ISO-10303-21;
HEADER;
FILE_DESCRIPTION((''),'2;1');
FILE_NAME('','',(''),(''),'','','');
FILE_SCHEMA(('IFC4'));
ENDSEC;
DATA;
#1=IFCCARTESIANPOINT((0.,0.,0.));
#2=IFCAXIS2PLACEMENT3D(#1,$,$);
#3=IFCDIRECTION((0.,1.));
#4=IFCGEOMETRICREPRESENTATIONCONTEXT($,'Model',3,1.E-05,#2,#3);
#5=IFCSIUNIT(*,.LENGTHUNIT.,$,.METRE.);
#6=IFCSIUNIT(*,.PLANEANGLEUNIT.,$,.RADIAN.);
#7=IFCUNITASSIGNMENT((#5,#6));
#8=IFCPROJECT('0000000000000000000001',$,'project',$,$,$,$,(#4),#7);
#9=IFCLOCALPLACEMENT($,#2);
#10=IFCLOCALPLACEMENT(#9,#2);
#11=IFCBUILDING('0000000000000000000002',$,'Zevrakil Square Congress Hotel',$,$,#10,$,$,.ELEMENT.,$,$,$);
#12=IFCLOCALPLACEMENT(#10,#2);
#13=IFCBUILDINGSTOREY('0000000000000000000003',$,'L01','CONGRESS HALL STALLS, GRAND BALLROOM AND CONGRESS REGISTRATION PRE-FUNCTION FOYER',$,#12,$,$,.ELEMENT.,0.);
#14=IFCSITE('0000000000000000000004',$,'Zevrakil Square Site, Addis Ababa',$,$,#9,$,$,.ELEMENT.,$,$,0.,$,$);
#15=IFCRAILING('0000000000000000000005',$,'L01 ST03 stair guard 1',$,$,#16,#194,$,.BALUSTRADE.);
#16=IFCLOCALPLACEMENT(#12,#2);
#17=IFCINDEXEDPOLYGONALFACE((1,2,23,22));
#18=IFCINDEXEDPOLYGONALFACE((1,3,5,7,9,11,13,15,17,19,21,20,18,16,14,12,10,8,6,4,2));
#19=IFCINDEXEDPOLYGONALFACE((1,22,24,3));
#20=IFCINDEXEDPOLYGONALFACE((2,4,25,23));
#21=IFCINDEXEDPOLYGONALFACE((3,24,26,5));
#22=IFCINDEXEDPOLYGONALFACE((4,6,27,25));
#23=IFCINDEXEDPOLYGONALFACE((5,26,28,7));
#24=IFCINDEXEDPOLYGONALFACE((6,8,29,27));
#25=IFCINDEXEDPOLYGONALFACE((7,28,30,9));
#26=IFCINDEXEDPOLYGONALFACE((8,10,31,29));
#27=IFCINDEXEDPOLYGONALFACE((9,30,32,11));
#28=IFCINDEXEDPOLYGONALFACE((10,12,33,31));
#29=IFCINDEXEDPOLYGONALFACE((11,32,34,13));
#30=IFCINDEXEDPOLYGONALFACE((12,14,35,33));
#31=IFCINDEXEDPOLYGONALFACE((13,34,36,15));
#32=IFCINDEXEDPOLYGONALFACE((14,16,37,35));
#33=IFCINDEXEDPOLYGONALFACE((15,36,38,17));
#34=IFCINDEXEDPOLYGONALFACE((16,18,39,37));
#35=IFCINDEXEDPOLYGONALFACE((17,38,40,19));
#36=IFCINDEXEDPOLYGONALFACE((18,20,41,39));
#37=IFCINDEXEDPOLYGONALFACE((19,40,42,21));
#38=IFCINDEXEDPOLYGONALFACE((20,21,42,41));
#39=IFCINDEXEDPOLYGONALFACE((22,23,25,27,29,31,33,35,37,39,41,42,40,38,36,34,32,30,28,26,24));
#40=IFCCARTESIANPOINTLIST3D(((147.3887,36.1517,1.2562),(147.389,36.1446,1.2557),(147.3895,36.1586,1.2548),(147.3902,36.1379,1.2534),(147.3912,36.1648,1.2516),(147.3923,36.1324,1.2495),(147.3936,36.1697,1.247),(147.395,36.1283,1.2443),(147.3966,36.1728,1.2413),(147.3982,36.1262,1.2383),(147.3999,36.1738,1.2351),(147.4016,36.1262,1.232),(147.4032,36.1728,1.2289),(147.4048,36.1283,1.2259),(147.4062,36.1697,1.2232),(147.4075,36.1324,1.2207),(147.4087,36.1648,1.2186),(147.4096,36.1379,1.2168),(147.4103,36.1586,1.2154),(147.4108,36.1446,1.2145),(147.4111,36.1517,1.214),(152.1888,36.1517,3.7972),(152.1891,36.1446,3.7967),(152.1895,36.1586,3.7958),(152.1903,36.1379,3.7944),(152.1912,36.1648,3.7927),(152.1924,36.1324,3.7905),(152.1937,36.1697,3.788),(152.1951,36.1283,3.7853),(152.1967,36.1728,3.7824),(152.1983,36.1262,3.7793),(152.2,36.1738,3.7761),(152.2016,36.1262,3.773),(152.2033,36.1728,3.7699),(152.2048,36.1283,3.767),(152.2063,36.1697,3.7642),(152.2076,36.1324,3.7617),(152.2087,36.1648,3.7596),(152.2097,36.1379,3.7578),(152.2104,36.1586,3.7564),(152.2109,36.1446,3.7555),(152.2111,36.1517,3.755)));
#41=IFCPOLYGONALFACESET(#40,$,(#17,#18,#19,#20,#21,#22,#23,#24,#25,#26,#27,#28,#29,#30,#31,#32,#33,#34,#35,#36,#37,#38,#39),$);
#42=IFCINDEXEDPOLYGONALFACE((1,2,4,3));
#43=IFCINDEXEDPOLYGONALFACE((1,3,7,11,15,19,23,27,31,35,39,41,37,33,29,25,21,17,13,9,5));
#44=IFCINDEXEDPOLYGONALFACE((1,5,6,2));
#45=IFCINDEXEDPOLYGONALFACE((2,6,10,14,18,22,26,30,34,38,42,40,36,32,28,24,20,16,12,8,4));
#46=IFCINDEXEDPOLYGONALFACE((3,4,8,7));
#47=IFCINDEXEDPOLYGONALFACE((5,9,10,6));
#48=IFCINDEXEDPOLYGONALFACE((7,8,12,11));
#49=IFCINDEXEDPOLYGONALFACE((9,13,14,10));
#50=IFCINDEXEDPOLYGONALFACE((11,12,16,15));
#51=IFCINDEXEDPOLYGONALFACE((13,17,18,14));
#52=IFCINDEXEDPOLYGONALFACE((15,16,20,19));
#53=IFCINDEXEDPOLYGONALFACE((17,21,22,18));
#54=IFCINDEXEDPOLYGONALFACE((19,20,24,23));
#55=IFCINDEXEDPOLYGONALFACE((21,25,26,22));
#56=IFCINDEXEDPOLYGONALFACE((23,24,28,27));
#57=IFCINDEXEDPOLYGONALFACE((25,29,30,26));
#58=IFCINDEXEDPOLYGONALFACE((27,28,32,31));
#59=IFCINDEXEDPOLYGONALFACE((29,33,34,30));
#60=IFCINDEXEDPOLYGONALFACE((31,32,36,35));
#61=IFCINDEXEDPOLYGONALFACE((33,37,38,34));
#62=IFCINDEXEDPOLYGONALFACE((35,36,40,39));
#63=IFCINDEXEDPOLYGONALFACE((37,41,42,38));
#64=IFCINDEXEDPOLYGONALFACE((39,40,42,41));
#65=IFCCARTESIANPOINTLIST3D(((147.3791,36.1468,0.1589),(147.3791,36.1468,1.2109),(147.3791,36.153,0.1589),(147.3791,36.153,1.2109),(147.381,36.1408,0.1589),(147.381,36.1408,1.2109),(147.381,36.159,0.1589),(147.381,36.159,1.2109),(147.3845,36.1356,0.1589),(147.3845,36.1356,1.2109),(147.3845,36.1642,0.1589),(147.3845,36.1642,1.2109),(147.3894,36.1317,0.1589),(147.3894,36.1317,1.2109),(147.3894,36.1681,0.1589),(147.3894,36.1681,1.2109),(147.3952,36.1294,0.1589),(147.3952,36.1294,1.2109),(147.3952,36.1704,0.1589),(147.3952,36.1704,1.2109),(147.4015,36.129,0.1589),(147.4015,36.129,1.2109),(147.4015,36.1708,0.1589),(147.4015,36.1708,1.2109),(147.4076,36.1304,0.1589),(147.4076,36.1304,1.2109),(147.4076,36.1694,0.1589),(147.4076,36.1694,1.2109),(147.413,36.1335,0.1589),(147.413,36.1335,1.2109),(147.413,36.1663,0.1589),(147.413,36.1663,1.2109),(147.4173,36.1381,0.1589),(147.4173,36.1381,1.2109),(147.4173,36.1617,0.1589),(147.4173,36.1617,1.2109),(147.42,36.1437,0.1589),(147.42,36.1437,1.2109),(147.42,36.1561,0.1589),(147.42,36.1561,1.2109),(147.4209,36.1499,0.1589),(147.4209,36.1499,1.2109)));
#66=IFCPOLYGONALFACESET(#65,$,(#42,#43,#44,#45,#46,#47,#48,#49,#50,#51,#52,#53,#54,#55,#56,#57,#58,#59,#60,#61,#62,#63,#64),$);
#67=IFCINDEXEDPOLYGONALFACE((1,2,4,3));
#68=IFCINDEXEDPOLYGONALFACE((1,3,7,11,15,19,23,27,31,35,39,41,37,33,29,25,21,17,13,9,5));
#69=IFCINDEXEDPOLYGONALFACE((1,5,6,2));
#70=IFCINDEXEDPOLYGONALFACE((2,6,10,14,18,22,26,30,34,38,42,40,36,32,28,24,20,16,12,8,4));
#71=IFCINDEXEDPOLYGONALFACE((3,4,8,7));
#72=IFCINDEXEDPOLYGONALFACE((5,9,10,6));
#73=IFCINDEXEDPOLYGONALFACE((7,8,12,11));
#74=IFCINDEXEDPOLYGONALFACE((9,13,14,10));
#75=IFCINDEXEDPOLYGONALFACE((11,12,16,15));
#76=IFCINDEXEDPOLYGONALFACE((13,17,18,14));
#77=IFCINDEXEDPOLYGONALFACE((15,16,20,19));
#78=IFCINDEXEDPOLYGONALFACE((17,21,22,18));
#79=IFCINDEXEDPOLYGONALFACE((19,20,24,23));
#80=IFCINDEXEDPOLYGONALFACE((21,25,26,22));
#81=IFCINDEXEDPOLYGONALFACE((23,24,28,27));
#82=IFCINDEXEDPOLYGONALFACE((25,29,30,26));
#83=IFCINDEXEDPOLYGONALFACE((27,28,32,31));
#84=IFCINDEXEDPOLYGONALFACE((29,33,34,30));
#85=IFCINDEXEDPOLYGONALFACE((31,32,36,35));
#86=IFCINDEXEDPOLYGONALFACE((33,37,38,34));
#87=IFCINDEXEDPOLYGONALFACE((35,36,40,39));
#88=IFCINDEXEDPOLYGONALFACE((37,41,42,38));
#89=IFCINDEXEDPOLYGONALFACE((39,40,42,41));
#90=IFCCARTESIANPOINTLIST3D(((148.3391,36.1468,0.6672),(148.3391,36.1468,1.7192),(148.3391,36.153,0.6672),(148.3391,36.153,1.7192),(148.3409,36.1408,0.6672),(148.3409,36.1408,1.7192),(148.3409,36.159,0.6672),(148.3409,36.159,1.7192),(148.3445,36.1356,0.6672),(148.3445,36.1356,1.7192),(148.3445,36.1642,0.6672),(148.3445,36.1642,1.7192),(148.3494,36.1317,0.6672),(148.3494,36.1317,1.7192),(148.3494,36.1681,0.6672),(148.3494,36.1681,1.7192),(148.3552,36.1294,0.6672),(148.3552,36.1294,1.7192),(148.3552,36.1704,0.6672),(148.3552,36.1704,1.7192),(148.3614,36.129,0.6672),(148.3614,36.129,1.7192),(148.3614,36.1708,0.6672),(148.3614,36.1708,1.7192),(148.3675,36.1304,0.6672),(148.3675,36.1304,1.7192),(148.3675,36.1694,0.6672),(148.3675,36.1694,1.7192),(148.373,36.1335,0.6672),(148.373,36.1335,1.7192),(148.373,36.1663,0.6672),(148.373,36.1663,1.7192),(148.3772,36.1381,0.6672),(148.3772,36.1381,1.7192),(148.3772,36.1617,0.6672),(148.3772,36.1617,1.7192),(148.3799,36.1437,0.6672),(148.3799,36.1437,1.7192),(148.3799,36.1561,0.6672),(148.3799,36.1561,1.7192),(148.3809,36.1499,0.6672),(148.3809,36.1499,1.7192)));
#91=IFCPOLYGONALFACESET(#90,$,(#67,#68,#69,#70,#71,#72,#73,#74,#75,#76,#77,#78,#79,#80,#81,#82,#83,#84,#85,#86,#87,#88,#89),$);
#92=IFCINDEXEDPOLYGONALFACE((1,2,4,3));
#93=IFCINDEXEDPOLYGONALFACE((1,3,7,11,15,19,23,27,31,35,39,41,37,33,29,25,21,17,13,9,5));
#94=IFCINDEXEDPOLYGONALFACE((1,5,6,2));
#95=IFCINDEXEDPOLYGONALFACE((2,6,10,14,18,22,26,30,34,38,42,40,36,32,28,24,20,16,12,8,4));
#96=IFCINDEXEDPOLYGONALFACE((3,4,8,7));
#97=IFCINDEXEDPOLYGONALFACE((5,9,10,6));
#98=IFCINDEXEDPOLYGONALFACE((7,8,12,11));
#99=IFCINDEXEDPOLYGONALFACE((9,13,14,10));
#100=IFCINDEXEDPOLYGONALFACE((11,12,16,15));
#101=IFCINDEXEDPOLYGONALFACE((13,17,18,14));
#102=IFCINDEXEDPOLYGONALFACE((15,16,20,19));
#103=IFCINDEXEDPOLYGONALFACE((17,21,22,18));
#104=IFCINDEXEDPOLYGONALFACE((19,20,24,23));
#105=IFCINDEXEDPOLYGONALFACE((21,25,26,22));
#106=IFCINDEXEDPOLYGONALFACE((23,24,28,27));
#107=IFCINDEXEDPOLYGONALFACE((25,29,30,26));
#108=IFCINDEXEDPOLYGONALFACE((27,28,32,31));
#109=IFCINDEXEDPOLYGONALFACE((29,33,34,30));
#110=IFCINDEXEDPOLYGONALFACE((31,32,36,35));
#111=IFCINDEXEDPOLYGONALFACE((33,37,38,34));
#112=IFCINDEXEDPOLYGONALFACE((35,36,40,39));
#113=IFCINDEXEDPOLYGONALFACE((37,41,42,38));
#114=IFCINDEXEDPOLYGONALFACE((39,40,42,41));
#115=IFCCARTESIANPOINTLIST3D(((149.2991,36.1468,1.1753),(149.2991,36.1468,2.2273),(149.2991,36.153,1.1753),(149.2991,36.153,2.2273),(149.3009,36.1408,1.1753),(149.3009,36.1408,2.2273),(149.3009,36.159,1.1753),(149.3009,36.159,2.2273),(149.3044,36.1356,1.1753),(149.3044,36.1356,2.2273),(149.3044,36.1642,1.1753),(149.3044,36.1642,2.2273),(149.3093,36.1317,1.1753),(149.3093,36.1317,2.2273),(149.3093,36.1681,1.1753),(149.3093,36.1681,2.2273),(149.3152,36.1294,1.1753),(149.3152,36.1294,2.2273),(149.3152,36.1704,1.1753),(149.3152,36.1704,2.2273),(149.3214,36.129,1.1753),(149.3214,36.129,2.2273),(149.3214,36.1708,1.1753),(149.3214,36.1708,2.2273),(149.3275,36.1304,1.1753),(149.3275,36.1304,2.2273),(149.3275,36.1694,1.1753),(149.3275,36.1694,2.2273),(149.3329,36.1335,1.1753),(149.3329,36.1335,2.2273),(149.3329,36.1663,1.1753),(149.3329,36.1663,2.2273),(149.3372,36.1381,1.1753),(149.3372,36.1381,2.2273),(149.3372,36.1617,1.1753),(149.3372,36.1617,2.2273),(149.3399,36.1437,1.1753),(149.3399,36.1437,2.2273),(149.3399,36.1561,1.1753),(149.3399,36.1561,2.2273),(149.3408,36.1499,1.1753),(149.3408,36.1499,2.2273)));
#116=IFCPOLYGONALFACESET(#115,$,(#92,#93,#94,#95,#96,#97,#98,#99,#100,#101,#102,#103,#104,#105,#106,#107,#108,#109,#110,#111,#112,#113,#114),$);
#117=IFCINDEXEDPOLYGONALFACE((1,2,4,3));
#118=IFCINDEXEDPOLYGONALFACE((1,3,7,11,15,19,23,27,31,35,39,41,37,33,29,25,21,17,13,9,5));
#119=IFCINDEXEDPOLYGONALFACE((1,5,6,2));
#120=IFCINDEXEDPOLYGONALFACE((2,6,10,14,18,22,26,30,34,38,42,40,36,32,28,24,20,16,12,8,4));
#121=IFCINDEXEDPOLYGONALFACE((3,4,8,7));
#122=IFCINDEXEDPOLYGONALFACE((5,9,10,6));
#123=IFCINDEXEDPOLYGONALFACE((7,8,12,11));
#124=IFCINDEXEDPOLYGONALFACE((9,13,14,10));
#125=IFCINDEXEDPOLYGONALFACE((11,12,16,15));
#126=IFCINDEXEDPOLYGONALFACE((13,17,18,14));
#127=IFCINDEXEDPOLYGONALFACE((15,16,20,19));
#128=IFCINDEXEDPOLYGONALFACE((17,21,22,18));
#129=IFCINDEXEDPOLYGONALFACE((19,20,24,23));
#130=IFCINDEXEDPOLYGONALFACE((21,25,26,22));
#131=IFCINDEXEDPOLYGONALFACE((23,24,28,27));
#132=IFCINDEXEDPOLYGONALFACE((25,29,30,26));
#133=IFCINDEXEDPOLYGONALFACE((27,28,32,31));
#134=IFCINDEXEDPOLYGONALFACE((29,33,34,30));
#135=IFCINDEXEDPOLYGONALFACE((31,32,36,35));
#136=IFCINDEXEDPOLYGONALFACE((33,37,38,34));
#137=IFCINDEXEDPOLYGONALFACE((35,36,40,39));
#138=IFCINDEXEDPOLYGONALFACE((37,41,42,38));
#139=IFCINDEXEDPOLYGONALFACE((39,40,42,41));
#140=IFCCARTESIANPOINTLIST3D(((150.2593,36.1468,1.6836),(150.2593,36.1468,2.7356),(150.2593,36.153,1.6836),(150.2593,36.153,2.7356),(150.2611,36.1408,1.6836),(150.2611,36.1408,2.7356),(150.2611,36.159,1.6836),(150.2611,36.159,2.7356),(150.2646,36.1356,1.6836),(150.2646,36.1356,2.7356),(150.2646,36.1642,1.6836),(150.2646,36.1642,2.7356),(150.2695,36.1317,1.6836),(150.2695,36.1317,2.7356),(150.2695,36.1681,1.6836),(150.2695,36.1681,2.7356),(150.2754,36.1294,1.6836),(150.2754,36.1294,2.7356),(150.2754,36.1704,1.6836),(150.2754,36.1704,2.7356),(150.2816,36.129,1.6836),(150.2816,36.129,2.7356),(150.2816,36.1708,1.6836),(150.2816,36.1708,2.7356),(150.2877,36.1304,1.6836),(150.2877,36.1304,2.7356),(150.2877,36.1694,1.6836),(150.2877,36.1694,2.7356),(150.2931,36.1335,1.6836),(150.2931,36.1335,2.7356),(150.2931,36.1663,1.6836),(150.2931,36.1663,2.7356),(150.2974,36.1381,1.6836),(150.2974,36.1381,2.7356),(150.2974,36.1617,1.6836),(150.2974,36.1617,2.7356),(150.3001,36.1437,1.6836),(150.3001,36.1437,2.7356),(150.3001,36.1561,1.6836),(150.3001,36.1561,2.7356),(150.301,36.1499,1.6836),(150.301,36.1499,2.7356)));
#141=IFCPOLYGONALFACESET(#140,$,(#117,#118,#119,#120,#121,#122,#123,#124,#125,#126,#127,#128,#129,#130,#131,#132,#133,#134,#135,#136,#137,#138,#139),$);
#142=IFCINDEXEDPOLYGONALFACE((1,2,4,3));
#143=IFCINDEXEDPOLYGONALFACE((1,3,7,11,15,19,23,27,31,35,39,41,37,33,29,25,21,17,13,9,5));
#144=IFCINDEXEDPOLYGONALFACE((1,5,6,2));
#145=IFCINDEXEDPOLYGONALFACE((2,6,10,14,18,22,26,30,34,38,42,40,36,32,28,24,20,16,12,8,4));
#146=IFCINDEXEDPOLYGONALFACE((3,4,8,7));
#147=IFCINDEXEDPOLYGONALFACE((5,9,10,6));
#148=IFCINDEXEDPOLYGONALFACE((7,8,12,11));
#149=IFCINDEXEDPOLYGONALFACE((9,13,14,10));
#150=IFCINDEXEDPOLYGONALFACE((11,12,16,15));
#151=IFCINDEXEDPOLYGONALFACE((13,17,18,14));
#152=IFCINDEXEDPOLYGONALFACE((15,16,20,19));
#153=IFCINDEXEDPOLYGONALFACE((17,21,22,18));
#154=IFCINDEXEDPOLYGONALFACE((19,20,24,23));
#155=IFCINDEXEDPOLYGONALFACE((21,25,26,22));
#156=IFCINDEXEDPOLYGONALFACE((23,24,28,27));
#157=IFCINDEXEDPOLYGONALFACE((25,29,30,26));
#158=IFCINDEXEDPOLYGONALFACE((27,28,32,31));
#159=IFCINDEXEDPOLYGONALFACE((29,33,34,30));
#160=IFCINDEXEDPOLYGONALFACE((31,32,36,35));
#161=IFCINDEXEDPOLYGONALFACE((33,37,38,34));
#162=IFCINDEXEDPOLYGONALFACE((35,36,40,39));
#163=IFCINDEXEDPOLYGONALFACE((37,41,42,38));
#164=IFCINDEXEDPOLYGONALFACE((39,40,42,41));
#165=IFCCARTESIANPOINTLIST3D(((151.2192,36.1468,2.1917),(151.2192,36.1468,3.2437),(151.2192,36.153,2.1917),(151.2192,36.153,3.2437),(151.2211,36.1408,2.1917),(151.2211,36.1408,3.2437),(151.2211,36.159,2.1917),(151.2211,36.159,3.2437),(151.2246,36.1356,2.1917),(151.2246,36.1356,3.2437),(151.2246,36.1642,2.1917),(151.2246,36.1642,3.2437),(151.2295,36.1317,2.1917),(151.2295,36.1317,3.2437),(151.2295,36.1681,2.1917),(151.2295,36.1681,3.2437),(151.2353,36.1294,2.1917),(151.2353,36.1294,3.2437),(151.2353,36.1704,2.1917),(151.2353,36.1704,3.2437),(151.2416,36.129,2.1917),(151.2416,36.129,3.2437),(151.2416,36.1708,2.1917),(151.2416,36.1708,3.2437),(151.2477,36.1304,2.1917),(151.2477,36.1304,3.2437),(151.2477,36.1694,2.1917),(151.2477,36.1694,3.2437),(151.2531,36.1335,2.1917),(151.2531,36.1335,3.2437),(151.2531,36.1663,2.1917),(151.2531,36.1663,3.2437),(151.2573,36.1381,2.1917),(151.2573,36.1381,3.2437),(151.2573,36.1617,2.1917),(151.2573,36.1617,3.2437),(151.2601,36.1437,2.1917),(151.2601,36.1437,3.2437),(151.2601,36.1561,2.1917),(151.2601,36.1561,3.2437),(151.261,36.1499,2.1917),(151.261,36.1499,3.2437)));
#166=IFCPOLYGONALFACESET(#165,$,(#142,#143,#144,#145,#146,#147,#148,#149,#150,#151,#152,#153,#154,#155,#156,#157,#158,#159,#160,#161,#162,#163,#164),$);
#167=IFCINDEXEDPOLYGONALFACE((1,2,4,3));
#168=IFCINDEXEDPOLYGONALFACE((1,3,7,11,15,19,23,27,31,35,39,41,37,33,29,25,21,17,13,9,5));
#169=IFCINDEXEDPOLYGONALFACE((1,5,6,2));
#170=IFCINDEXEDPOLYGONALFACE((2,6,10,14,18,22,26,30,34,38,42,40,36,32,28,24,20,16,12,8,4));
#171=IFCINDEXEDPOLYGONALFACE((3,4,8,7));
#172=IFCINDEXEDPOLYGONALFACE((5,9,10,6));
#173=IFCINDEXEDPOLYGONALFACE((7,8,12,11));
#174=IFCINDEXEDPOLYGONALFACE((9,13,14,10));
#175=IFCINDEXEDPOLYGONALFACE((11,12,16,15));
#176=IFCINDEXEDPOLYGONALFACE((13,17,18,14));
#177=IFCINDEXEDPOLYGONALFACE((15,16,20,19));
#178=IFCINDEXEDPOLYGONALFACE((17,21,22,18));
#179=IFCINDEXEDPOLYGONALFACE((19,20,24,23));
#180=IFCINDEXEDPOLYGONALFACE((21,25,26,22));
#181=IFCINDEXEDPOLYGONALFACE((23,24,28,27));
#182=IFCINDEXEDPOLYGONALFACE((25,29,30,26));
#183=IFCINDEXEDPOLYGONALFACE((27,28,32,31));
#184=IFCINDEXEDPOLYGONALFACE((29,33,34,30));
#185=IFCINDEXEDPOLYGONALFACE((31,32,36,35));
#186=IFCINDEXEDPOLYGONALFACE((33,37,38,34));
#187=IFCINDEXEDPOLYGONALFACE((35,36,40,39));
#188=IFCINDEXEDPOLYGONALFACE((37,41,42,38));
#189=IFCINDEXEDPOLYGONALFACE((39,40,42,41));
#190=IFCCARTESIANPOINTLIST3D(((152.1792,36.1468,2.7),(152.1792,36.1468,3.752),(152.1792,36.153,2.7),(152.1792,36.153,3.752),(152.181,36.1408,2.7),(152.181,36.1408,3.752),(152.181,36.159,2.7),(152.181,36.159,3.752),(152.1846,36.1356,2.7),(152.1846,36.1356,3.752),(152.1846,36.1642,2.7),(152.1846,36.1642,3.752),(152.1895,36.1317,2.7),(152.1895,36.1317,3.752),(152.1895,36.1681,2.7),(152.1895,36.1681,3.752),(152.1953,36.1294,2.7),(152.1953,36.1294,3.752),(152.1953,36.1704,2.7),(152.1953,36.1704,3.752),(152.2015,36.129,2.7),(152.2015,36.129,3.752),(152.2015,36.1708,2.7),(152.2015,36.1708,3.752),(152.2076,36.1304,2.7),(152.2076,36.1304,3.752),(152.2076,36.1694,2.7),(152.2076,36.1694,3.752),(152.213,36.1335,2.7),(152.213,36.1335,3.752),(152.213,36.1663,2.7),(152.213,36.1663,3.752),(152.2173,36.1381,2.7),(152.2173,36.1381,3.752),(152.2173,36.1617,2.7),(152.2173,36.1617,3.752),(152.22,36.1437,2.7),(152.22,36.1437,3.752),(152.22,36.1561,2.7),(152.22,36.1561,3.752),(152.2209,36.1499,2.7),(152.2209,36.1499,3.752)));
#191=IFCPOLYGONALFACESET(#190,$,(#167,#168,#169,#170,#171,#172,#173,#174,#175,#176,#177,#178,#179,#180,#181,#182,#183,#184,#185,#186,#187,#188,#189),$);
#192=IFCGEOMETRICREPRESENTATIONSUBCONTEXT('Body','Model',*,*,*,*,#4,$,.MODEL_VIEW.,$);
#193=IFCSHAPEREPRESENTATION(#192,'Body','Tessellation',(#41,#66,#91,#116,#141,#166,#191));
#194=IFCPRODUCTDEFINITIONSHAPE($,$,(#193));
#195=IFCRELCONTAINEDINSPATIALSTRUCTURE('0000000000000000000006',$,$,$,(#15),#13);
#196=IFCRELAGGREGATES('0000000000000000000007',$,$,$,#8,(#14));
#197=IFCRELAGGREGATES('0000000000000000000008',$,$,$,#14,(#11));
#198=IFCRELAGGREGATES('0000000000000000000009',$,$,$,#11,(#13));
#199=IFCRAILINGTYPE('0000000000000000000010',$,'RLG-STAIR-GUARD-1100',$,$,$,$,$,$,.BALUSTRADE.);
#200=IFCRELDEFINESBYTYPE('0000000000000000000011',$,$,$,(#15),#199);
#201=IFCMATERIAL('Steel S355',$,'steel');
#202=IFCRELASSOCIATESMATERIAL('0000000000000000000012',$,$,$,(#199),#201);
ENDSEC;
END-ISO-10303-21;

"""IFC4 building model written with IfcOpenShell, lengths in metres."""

from ifc_helpers import new_model, si_unit, direction, frame, origin, origin_2d, place, context, subcontext, project, spatial, circle, extrude, material, type_object, element, save


model = new_model("IFC4")

# Units and contexts
model_context = context("Model", 3, precision=1e-05, world=origin(), true_north=direction((0.0, 1.0)))
body_context = subcontext(model_context, "Body", "Model", "MODEL_VIEW")
ifc_project = project(units=[si_unit("LENGTHUNIT", "METRE"), si_unit("PLANEANGLEUNIT", "RADIAN")], contexts=[model_context])

# Site, building, storey
site_placement = place(None, origin())
site = spatial("IfcSite", under=ifc_project, at=site_placement, Name="Zevrakil Square Site, Addis Ababa", CompositionType="ELEMENT", RefElevation=0.0)
building_placement = place(site_placement, origin())
building = spatial("IfcBuilding", under=site, at=building_placement, Name="Zevrakil Square Congress Hotel", CompositionType="ELEMENT")
storey_placement = place(building_placement, origin())
storey = spatial("IfcBuildingStorey", under=building, at=storey_placement, Name="L01", Description="CONGRESS HALL STALLS, GRAND BALLROOM AND CONGRESS REGISTRATION PRE-FUNCTION FOYER", CompositionType="ELEMENT", Elevation=0.0)

# Railing
ifc_material_1 = material(Name="Steel S355", Category="steel")
railing_type_1 = type_object("IfcRailingType", Name="RLG-STAIR-GUARD-1100", PredefinedType="BALUSTRADE", material=ifc_material_1)
railing_1_placement = place(storey_placement, frame((147.3999, 36.1499, 0.1589)))
element("IfcRailing", 1, at=railing_1_placement, inside=storey, type_object=railing_type_1, Name="L01 ST03 stair guard 1", PredefinedType="BALUSTRADE", context=body_context, shape_type="SweptSolid", body=[
    extrude(circle(Radius=0.0239, at=origin_2d()), frame((0.0, 0.0, 1.0762), z_axis=(0.883802, 0.0, 0.467861), x_axis=(0.0, 1.0, 0.0)), (0.0, 0.0, 1.0), 5.4312),
    extrude(circle(Radius=0.021, at=origin_2d()), origin(), (0.0, 0.0, 1.0), 1.052),
    extrude(circle(Radius=0.021, at=origin_2d()), frame((0.96, 0.0, 0.5083)), (0.0, 0.0, 1.0), 1.052),
    extrude(circle(Radius=0.021, at=origin_2d()), frame((1.9199, 0.0, 1.0164)), (0.0, 0.0, 1.0), 1.052),
    extrude(circle(Radius=0.021, at=origin_2d()), frame((2.8801, 0.0, 1.5247)), (0.0, 0.0, 1.0), 1.052),
    extrude(circle(Radius=0.021, at=origin_2d()), frame((3.8401, 0.0, 2.0327)), (0.0, 0.0, 1.0), 1.052),
    extrude(circle(Radius=0.021, at=origin_2d()), frame((4.8, 0.0, 2.541)), (0.0, 0.0, 1.0), 1.052),
])

save(model, "model.ifc")
